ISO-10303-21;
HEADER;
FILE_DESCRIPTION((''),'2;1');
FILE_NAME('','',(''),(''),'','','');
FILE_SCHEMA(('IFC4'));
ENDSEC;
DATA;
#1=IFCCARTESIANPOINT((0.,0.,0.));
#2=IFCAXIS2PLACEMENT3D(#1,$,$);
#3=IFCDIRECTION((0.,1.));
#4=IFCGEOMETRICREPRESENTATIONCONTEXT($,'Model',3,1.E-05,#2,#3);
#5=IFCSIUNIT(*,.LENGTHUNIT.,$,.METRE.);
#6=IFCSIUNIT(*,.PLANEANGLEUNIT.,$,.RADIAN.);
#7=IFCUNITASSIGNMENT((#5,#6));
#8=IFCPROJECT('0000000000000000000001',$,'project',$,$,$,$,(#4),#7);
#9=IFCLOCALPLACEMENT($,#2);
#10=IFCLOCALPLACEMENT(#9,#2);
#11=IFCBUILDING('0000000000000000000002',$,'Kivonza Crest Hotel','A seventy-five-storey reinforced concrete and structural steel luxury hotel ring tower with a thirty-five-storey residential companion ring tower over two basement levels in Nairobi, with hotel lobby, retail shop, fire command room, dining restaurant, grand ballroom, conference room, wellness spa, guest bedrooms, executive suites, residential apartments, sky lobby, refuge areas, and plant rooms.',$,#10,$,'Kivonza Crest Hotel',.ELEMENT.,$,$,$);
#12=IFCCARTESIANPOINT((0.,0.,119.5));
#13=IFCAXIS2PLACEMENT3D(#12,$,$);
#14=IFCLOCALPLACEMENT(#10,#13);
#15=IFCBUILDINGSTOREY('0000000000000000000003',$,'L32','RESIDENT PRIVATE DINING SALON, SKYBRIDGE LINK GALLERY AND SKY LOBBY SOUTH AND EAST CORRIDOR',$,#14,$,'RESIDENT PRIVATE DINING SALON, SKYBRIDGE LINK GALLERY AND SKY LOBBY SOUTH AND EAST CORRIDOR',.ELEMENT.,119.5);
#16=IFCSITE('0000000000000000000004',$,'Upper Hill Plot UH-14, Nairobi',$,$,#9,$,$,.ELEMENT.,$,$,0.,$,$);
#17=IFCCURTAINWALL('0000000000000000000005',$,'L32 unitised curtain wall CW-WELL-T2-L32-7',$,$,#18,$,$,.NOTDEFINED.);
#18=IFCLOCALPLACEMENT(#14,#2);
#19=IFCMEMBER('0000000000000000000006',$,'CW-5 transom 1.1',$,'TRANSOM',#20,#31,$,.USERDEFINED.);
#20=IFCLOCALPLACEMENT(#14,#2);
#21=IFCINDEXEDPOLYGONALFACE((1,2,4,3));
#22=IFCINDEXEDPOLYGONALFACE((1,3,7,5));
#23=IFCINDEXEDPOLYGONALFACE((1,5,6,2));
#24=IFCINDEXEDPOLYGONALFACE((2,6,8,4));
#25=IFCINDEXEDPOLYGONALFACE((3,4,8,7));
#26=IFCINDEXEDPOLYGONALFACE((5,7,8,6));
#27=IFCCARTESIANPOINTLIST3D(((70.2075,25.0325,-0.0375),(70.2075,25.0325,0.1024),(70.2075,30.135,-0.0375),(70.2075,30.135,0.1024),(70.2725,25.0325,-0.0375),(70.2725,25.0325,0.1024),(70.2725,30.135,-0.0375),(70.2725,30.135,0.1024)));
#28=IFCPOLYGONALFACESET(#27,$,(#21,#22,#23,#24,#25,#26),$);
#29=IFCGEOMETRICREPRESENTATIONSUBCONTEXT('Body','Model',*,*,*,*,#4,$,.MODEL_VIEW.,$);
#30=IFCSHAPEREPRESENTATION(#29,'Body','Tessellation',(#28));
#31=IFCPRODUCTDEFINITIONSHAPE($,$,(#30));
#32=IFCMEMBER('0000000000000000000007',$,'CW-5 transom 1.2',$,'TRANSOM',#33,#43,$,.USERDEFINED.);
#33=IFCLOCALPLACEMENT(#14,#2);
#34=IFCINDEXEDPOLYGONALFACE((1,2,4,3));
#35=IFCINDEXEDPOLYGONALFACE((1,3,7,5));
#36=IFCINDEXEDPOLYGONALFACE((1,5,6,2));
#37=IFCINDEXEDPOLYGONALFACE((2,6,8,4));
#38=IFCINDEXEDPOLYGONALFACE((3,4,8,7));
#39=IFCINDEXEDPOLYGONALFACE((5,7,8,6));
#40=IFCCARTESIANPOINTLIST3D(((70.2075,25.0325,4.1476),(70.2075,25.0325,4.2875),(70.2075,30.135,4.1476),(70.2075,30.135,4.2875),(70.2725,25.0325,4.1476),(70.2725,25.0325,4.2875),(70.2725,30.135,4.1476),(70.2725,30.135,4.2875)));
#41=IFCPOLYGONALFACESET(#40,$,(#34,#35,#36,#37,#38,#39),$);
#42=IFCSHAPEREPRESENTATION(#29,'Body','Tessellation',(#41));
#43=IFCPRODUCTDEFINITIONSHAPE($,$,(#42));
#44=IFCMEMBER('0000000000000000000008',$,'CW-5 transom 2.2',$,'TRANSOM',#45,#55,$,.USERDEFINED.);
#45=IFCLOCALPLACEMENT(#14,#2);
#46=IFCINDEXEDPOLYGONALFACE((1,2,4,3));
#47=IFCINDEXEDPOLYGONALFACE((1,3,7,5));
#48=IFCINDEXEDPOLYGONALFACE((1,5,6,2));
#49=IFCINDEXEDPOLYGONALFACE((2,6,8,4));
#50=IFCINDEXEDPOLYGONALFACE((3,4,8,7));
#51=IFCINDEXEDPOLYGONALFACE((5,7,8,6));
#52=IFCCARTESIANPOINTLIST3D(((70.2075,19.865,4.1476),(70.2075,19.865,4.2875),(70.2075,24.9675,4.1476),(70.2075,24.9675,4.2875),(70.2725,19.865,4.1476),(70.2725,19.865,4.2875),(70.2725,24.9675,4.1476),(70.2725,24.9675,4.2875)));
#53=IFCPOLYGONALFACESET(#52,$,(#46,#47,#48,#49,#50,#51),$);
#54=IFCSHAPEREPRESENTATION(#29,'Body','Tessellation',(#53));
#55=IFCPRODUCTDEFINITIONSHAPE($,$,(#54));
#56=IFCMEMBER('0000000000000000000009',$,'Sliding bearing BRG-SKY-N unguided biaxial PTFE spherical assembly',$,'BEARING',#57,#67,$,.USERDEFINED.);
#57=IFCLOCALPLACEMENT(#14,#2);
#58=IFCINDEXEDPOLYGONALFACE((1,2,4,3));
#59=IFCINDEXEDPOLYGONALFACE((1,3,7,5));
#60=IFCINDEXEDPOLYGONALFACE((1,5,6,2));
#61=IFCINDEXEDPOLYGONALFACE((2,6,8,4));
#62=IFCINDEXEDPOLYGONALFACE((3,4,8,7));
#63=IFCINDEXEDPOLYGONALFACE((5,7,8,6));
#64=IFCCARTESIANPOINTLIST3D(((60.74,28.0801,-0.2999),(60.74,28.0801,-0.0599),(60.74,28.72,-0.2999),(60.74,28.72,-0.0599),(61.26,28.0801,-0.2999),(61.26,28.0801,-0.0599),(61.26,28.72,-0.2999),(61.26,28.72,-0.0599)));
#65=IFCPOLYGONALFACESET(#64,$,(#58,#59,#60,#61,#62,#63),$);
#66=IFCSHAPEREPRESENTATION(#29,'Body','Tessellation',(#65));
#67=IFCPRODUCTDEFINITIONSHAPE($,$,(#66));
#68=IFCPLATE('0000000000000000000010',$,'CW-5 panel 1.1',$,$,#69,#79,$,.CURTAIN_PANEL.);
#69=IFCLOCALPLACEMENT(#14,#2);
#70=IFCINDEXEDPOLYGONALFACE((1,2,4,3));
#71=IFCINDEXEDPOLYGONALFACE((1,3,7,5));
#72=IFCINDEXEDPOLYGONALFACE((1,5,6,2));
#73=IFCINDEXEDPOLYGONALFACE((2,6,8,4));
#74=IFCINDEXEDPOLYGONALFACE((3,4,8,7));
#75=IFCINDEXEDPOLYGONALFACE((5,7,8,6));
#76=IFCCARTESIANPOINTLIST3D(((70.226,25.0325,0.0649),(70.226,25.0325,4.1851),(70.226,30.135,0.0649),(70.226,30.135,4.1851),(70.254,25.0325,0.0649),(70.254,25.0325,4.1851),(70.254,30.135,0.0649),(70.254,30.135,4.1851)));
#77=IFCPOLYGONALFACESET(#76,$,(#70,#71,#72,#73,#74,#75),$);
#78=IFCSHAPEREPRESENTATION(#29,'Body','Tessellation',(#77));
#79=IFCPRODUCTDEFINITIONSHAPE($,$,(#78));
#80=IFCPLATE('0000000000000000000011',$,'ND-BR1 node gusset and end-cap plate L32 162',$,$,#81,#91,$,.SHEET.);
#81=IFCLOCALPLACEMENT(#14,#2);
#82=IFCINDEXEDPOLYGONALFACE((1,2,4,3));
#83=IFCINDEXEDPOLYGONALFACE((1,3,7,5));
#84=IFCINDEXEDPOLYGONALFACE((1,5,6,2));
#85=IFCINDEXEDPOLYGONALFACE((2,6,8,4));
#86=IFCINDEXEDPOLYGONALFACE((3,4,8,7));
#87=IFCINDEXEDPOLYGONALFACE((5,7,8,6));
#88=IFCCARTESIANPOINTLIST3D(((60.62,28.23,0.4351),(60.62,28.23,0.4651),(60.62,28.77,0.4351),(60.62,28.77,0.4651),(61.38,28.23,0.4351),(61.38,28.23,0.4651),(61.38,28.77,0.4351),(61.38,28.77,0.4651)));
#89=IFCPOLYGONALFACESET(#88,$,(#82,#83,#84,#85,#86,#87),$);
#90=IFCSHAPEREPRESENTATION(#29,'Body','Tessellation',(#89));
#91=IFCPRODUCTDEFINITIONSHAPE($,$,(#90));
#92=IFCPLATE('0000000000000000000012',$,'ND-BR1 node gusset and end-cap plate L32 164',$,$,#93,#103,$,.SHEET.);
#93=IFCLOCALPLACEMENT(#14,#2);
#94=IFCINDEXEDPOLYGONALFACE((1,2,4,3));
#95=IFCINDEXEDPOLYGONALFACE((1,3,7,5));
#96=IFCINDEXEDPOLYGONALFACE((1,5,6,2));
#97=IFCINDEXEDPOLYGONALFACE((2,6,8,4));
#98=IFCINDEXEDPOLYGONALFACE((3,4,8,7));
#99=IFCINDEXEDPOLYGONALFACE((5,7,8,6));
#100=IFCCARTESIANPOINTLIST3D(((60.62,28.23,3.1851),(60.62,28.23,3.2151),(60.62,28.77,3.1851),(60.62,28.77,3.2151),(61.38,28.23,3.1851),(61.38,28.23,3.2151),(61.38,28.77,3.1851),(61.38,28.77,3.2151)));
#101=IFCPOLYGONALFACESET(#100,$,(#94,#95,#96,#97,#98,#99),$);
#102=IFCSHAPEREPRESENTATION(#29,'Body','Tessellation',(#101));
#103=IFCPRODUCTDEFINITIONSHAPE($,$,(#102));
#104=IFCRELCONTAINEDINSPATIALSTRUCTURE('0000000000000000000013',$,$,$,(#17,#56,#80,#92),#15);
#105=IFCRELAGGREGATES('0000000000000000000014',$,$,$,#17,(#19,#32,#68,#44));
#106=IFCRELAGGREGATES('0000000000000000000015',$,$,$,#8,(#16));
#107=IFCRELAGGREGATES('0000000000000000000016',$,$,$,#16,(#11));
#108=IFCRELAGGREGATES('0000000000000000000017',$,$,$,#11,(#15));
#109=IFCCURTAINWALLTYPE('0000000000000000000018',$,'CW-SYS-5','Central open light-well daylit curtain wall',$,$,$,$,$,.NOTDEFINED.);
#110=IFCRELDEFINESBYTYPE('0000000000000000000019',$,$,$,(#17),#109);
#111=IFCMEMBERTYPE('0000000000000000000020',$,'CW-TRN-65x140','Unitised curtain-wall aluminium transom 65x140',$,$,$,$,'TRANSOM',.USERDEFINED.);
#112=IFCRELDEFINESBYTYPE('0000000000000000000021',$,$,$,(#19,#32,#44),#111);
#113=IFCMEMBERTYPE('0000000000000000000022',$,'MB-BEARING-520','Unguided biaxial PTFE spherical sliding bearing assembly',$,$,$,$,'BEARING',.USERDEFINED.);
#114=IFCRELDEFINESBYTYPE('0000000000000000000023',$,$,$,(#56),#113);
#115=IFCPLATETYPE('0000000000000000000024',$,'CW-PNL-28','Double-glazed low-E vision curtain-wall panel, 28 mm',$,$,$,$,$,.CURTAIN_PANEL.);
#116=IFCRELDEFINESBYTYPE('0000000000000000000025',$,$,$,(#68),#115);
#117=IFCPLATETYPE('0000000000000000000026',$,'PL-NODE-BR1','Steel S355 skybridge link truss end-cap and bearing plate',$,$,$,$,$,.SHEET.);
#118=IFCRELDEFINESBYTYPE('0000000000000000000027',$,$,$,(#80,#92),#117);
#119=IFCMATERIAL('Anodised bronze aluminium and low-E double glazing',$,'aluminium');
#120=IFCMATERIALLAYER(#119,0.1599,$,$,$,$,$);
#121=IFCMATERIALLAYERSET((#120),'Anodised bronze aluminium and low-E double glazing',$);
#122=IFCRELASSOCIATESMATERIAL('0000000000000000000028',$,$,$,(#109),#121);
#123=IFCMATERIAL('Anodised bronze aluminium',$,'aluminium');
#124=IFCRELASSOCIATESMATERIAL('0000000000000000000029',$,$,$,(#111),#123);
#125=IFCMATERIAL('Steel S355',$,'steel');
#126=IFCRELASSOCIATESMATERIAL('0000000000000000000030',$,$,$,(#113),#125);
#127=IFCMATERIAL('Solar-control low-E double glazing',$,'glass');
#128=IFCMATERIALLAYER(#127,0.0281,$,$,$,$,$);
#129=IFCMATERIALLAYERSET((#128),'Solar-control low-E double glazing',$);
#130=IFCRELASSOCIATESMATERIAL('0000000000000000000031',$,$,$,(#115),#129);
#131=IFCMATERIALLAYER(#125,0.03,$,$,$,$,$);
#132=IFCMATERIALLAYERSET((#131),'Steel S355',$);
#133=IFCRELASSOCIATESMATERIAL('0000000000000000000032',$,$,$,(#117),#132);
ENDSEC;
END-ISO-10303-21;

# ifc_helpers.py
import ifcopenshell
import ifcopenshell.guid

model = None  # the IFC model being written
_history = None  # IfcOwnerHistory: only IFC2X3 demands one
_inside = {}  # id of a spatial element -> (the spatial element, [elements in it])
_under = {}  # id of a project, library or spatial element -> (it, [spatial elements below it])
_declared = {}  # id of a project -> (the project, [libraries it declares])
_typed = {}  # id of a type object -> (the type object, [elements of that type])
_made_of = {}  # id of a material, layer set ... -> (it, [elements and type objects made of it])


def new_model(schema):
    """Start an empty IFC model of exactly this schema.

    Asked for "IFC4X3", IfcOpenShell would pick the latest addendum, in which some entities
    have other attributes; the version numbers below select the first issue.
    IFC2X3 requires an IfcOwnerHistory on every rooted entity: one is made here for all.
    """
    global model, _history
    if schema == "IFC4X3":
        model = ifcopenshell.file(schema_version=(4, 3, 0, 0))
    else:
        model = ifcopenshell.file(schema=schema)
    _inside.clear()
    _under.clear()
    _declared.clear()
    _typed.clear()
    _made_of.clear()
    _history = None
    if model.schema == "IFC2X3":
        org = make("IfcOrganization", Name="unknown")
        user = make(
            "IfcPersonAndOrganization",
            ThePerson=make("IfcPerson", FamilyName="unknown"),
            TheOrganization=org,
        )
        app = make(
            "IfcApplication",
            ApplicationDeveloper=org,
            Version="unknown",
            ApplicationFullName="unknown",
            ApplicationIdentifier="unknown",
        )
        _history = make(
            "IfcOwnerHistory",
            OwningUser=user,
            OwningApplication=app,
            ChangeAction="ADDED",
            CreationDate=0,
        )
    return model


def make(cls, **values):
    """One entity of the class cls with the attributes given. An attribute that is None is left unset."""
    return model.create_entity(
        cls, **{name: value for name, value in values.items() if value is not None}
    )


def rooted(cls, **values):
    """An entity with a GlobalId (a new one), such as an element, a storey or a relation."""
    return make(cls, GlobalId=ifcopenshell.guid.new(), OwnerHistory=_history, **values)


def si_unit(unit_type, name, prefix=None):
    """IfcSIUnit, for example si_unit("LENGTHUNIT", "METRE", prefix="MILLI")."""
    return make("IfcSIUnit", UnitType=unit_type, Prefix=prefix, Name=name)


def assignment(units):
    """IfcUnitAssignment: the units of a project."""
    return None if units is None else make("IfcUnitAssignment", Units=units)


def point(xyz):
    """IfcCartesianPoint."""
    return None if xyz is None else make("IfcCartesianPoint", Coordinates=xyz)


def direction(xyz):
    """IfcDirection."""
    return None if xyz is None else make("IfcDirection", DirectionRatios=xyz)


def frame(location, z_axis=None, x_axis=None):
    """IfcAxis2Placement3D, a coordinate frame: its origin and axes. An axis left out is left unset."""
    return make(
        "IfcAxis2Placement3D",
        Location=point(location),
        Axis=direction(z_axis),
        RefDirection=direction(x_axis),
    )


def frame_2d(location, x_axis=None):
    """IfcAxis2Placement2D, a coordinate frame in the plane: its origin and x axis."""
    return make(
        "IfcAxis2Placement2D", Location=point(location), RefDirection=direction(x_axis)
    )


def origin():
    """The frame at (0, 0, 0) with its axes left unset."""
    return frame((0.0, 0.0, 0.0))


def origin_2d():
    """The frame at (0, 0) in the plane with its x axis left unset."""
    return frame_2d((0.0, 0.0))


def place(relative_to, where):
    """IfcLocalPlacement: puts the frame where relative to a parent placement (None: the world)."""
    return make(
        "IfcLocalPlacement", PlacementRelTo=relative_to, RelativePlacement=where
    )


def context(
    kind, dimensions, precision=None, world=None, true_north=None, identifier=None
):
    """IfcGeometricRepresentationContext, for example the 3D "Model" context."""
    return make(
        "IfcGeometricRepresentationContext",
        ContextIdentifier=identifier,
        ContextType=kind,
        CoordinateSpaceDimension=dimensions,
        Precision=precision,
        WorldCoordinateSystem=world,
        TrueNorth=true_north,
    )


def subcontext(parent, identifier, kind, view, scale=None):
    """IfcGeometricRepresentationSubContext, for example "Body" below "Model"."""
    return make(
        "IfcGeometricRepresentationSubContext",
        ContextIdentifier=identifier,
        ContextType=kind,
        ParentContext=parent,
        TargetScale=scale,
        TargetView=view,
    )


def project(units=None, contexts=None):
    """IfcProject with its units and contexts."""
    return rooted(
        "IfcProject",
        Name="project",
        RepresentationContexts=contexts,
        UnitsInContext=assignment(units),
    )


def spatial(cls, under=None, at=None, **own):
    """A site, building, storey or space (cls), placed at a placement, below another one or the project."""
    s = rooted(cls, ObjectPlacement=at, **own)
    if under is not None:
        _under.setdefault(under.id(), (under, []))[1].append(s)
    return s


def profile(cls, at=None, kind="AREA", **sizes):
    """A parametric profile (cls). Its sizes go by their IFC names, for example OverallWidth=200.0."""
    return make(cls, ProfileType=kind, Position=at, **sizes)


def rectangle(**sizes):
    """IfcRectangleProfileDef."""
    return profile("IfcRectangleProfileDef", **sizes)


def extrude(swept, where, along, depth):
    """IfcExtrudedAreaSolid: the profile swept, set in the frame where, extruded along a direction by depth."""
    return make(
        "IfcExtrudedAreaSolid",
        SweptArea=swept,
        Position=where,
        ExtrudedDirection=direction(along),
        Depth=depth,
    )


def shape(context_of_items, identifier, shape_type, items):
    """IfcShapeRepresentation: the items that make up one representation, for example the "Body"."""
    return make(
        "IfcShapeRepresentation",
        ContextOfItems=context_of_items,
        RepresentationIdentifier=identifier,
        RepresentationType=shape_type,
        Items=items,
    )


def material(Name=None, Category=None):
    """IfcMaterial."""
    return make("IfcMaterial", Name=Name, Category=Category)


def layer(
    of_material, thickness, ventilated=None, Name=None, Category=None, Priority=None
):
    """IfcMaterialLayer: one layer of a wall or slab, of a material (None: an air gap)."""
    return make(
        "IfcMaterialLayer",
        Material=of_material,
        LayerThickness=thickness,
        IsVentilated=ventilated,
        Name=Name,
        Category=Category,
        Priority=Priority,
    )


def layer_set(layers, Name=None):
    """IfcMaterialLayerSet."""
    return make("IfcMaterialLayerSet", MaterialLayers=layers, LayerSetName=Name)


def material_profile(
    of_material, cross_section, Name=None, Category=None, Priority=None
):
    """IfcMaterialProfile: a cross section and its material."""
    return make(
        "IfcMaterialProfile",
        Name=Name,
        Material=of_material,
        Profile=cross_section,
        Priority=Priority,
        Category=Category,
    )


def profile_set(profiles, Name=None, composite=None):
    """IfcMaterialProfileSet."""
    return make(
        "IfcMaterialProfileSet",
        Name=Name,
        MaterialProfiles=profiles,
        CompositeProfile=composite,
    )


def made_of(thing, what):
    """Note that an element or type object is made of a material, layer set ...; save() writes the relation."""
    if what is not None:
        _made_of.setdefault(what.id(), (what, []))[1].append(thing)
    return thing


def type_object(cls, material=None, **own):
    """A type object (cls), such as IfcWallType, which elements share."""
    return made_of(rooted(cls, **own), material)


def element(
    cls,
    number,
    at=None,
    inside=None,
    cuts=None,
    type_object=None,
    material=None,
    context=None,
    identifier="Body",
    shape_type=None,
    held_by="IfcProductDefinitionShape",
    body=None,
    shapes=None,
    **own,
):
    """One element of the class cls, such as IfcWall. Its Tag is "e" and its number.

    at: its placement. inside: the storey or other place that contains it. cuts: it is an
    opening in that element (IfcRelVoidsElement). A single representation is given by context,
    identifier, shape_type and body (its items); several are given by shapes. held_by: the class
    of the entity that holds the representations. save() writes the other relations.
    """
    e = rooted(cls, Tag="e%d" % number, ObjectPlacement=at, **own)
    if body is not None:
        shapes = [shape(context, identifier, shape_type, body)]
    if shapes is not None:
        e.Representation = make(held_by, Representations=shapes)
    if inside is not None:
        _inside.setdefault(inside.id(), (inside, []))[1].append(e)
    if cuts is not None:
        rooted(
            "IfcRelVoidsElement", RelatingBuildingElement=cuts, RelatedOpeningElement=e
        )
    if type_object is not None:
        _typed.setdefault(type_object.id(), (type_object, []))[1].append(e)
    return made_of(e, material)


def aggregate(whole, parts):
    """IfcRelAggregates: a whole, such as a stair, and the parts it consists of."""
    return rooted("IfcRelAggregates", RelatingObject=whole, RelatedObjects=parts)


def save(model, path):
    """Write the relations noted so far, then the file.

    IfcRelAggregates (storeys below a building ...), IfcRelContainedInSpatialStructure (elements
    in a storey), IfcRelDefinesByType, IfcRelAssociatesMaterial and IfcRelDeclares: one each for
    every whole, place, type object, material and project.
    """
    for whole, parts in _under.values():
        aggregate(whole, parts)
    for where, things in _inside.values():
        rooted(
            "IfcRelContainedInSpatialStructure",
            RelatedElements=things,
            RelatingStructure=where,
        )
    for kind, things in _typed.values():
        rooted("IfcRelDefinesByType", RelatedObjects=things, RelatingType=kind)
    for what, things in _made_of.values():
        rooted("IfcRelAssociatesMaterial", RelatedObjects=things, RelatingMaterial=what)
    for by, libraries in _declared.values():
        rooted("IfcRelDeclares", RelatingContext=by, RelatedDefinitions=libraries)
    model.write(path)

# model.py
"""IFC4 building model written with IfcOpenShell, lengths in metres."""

from ifc_helpers import new_model, si_unit, direction, frame, origin, origin_2d, place, context, subcontext, project, spatial, rectangle, extrude, material, layer, layer_set, material_profile, profile_set, type_object, element, aggregate, save


model = new_model("IFC4")

# Units and contexts
model_context = context("Model", 3, precision=1e-05, world=origin(), true_north=direction((0.0, 1.0)))
body_context = subcontext(model_context, "Body", "Model", "MODEL_VIEW")
ifc_project = project(units=[si_unit("LENGTHUNIT", "METRE"), si_unit("PLANEANGLEUNIT", "RADIAN")], contexts=[model_context])

# Site, building, storey
site_placement = place(None, origin())
site = spatial("IfcSite", under=ifc_project, at=site_placement, Name="Upper Hill Plot UH-14, Nairobi", CompositionType="ELEMENT", RefElevation=0.0)
building_placement = place(site_placement, origin())
building = spatial("IfcBuilding", under=site, at=building_placement, Name="Kivonza Crest Hotel", Description="A seventy-five-storey reinforced concrete and structural steel luxury hotel ring tower with a thirty-five-storey residential companion ring tower over two basement levels in Nairobi, with hotel lobby, retail shop, fire command room, dining restaurant, grand ballroom, conference room, wellness spa, guest bedrooms, executive suites, residential apartments, sky lobby, refuge areas, and plant rooms.", LongName="Kivonza Crest Hotel", CompositionType="ELEMENT")
storey_placement = place(building_placement, frame((0.0, 0.0, 119.5)))
storey = spatial("IfcBuildingStorey", under=building, at=storey_placement, Name="L32", Description="RESIDENT PRIVATE DINING SALON, SKYBRIDGE LINK GALLERY AND SKY LOBBY SOUTH AND EAST CORRIDOR", LongName="RESIDENT PRIVATE DINING SALON, SKYBRIDGE LINK GALLERY AND SKY LOBBY SOUTH AND EAST CORRIDOR", CompositionType="ELEMENT", Elevation=119.5)

# Shared definitions
ifc_material_1 = material(Name="Steel S355", Category="steel")

# Shared definitions
ifc_material_2 = material(Name="Anodised bronze aluminium and low-E double glazing", Category="aluminium")
ifc_material_3 = material(Name="Anodised bronze aluminium", Category="aluminium")

# Curtain wall
ifc_layer_1 = layer(ifc_material_2, 0.1599)
ifc_layer_set_1 = layer_set([ifc_layer_1], Name="Anodised bronze aluminium and low-E double glazing")
curtain_wall_type_1 = type_object("IfcCurtainWallType", Name="CW-SYS-5", Description="Central open light-well daylit curtain wall", PredefinedType="NOTDEFINED", material=ifc_layer_set_1)
curtain_wall_1_placement = place(storey_placement, origin())
curtain_wall_1 = element("IfcCurtainWall", 1, at=curtain_wall_1_placement, inside=storey, type_object=curtain_wall_type_1, Name="L32 unitised curtain wall CW-WELL-T2-L32-7", PredefinedType="NOTDEFINED")

# Members
ifc_material_profile_1 = material_profile(ifc_material_3, rectangle(XDim=0.0649, YDim=0.1399, at=origin_2d()), Name="CW-T 65x140")
ifc_profile_set_1 = profile_set([ifc_material_profile_1], Name="Anodised bronze aluminium")
member_type_1 = type_object("IfcMemberType", Name="CW-TRN-65x140", Description="Unitised curtain-wall aluminium transom 65x140", ElementType="TRANSOM", PredefinedType="USERDEFINED", material=ifc_profile_set_1)
member_1_placement = place(storey_placement, frame((70.24, 30.135, 0.0325), z_axis=(0.0, -1.0, 0.0), x_axis=(1.0, 0.0, 0.0)))
member_1 = element("IfcMember", 2, at=member_1_placement, type_object=member_type_1, Name="CW-5 transom 1.1", ObjectType="TRANSOM", PredefinedType="USERDEFINED", context=body_context, shape_type="SweptSolid", body=[
    extrude(rectangle(XDim=0.0649, YDim=0.1399, at=origin_2d()), origin(), (0.0, 0.0, 1.0), 5.1025),
])
member_2_placement = place(storey_placement, frame((70.24, 30.135, 4.2175), z_axis=(0.0, -1.0, 0.0), x_axis=(1.0, 0.0, 0.0)))
member_2 = element("IfcMember", 3, at=member_2_placement, type_object=member_type_1, Name="CW-5 transom 1.2", ObjectType="TRANSOM", PredefinedType="USERDEFINED", context=body_context, shape_type="SweptSolid", body=[
    extrude(rectangle(XDim=0.0649, YDim=0.1399, at=origin_2d()), origin(), (0.0, 0.0, 1.0), 5.1025),
])
member_3_placement = place(storey_placement, frame((70.24, 24.9675, 4.2175), z_axis=(0.0, -1.0, 0.0), x_axis=(1.0, 0.0, 0.0)))
member_3 = element("IfcMember", 4, at=member_3_placement, type_object=member_type_1, Name="CW-5 transom 2.2", ObjectType="TRANSOM", PredefinedType="USERDEFINED", context=body_context, shape_type="SweptSolid", body=[
    extrude(rectangle(XDim=0.0649, YDim=0.1399, at=origin_2d()), origin(), (0.0, 0.0, 1.0), 5.1025),
])
ifc_material_profile_2 = material_profile(ifc_material_1, rectangle(XDim=0.52, YDim=0.24, at=origin_2d()), Name="BEARING 520x240")
ifc_profile_set_2 = profile_set([ifc_material_profile_2], Name="Steel S355")
member_type_2 = type_object("IfcMemberType", Name="MB-BEARING-520", Description="Unguided biaxial PTFE spherical sliding bearing assembly", ElementType="BEARING", PredefinedType="USERDEFINED", material=ifc_profile_set_2)
member_4_placement = place(storey_placement, frame((61.0, 28.0801, -0.1799), z_axis=(0.0, 1.0, 0.0), x_axis=(-1.0, 0.0, 0.0)))
element("IfcMember", 5, at=member_4_placement, inside=storey, type_object=member_type_2, Name="Sliding bearing BRG-SKY-N unguided biaxial PTFE spherical assembly", ObjectType="BEARING", PredefinedType="USERDEFINED", context=body_context, shape_type="SweptSolid", body=[
    extrude(rectangle(XDim=0.52, YDim=0.24, at=origin_2d()), origin(), (0.0, 0.0, 1.0), 0.6399),
])

# Plate
ifc_material_4 = material(Name="Solar-control low-E double glazing", Category="glass")
ifc_layer_2 = layer(ifc_material_4, 0.0281)
ifc_layer_set_2 = layer_set([ifc_layer_2], Name="Solar-control low-E double glazing")
plate_type_1 = type_object("IfcPlateType", Name="CW-PNL-28", Description="Double-glazed low-E vision curtain-wall panel, 28 mm", PredefinedType="CURTAIN_PANEL", material=ifc_layer_set_2)
plate_placement = place(storey_placement, frame((70.24, 27.5837, 0.0649), z_axis=(0.0, 0.0, 1.0), x_axis=(0.0, -1.0, 0.0)))
plate = element("IfcPlate", 6, at=plate_placement, type_object=plate_type_1, Name="CW-5 panel 1.1", PredefinedType="CURTAIN_PANEL", context=body_context, shape_type="SweptSolid", body=[
    extrude(rectangle(XDim=5.1025, YDim=0.0281, at=origin_2d()), origin(), (0.0, 0.0, 1.0), 4.1201),
])
aggregate(curtain_wall_1, [member_1, member_2, plate, member_3])

# Plates
ifc_layer_3 = layer(ifc_material_1, 0.03)
ifc_layer_set_3 = layer_set([ifc_layer_3], Name="Steel S355")
plate_type_2 = type_object("IfcPlateType", Name="PL-NODE-BR1", Description="Steel S355 skybridge link truss end-cap and bearing plate", PredefinedType="SHEET", material=ifc_layer_set_3)
for number, where, z_axis, x_axis, name in (
    (7, (61.0, 28.5, 0.4351), (0.0, 0.0, 1.0), (1.0, 0.0, 0.0), "ND-BR1 node gusset and end-cap plate L32 162"),
    (8, (61.0, 28.5, 3.1851), (0.0, 0.0, 1.0), (1.0, 0.0, 0.0), "ND-BR1 node gusset and end-cap plate L32 164"),
):
    element("IfcPlate", number, at=place(storey_placement, frame(where, z_axis=z_axis, x_axis=x_axis)), inside=storey, type_object=plate_type_2, Name=name, PredefinedType="SHEET", context=body_context, shape_type="SweptSolid", body=[
        extrude(rectangle(XDim=0.76, YDim=0.54, at=origin_2d()), origin(), (0.0, 0.0, 1.0), 0.03),
    ])

save(model, "model.ifc")
